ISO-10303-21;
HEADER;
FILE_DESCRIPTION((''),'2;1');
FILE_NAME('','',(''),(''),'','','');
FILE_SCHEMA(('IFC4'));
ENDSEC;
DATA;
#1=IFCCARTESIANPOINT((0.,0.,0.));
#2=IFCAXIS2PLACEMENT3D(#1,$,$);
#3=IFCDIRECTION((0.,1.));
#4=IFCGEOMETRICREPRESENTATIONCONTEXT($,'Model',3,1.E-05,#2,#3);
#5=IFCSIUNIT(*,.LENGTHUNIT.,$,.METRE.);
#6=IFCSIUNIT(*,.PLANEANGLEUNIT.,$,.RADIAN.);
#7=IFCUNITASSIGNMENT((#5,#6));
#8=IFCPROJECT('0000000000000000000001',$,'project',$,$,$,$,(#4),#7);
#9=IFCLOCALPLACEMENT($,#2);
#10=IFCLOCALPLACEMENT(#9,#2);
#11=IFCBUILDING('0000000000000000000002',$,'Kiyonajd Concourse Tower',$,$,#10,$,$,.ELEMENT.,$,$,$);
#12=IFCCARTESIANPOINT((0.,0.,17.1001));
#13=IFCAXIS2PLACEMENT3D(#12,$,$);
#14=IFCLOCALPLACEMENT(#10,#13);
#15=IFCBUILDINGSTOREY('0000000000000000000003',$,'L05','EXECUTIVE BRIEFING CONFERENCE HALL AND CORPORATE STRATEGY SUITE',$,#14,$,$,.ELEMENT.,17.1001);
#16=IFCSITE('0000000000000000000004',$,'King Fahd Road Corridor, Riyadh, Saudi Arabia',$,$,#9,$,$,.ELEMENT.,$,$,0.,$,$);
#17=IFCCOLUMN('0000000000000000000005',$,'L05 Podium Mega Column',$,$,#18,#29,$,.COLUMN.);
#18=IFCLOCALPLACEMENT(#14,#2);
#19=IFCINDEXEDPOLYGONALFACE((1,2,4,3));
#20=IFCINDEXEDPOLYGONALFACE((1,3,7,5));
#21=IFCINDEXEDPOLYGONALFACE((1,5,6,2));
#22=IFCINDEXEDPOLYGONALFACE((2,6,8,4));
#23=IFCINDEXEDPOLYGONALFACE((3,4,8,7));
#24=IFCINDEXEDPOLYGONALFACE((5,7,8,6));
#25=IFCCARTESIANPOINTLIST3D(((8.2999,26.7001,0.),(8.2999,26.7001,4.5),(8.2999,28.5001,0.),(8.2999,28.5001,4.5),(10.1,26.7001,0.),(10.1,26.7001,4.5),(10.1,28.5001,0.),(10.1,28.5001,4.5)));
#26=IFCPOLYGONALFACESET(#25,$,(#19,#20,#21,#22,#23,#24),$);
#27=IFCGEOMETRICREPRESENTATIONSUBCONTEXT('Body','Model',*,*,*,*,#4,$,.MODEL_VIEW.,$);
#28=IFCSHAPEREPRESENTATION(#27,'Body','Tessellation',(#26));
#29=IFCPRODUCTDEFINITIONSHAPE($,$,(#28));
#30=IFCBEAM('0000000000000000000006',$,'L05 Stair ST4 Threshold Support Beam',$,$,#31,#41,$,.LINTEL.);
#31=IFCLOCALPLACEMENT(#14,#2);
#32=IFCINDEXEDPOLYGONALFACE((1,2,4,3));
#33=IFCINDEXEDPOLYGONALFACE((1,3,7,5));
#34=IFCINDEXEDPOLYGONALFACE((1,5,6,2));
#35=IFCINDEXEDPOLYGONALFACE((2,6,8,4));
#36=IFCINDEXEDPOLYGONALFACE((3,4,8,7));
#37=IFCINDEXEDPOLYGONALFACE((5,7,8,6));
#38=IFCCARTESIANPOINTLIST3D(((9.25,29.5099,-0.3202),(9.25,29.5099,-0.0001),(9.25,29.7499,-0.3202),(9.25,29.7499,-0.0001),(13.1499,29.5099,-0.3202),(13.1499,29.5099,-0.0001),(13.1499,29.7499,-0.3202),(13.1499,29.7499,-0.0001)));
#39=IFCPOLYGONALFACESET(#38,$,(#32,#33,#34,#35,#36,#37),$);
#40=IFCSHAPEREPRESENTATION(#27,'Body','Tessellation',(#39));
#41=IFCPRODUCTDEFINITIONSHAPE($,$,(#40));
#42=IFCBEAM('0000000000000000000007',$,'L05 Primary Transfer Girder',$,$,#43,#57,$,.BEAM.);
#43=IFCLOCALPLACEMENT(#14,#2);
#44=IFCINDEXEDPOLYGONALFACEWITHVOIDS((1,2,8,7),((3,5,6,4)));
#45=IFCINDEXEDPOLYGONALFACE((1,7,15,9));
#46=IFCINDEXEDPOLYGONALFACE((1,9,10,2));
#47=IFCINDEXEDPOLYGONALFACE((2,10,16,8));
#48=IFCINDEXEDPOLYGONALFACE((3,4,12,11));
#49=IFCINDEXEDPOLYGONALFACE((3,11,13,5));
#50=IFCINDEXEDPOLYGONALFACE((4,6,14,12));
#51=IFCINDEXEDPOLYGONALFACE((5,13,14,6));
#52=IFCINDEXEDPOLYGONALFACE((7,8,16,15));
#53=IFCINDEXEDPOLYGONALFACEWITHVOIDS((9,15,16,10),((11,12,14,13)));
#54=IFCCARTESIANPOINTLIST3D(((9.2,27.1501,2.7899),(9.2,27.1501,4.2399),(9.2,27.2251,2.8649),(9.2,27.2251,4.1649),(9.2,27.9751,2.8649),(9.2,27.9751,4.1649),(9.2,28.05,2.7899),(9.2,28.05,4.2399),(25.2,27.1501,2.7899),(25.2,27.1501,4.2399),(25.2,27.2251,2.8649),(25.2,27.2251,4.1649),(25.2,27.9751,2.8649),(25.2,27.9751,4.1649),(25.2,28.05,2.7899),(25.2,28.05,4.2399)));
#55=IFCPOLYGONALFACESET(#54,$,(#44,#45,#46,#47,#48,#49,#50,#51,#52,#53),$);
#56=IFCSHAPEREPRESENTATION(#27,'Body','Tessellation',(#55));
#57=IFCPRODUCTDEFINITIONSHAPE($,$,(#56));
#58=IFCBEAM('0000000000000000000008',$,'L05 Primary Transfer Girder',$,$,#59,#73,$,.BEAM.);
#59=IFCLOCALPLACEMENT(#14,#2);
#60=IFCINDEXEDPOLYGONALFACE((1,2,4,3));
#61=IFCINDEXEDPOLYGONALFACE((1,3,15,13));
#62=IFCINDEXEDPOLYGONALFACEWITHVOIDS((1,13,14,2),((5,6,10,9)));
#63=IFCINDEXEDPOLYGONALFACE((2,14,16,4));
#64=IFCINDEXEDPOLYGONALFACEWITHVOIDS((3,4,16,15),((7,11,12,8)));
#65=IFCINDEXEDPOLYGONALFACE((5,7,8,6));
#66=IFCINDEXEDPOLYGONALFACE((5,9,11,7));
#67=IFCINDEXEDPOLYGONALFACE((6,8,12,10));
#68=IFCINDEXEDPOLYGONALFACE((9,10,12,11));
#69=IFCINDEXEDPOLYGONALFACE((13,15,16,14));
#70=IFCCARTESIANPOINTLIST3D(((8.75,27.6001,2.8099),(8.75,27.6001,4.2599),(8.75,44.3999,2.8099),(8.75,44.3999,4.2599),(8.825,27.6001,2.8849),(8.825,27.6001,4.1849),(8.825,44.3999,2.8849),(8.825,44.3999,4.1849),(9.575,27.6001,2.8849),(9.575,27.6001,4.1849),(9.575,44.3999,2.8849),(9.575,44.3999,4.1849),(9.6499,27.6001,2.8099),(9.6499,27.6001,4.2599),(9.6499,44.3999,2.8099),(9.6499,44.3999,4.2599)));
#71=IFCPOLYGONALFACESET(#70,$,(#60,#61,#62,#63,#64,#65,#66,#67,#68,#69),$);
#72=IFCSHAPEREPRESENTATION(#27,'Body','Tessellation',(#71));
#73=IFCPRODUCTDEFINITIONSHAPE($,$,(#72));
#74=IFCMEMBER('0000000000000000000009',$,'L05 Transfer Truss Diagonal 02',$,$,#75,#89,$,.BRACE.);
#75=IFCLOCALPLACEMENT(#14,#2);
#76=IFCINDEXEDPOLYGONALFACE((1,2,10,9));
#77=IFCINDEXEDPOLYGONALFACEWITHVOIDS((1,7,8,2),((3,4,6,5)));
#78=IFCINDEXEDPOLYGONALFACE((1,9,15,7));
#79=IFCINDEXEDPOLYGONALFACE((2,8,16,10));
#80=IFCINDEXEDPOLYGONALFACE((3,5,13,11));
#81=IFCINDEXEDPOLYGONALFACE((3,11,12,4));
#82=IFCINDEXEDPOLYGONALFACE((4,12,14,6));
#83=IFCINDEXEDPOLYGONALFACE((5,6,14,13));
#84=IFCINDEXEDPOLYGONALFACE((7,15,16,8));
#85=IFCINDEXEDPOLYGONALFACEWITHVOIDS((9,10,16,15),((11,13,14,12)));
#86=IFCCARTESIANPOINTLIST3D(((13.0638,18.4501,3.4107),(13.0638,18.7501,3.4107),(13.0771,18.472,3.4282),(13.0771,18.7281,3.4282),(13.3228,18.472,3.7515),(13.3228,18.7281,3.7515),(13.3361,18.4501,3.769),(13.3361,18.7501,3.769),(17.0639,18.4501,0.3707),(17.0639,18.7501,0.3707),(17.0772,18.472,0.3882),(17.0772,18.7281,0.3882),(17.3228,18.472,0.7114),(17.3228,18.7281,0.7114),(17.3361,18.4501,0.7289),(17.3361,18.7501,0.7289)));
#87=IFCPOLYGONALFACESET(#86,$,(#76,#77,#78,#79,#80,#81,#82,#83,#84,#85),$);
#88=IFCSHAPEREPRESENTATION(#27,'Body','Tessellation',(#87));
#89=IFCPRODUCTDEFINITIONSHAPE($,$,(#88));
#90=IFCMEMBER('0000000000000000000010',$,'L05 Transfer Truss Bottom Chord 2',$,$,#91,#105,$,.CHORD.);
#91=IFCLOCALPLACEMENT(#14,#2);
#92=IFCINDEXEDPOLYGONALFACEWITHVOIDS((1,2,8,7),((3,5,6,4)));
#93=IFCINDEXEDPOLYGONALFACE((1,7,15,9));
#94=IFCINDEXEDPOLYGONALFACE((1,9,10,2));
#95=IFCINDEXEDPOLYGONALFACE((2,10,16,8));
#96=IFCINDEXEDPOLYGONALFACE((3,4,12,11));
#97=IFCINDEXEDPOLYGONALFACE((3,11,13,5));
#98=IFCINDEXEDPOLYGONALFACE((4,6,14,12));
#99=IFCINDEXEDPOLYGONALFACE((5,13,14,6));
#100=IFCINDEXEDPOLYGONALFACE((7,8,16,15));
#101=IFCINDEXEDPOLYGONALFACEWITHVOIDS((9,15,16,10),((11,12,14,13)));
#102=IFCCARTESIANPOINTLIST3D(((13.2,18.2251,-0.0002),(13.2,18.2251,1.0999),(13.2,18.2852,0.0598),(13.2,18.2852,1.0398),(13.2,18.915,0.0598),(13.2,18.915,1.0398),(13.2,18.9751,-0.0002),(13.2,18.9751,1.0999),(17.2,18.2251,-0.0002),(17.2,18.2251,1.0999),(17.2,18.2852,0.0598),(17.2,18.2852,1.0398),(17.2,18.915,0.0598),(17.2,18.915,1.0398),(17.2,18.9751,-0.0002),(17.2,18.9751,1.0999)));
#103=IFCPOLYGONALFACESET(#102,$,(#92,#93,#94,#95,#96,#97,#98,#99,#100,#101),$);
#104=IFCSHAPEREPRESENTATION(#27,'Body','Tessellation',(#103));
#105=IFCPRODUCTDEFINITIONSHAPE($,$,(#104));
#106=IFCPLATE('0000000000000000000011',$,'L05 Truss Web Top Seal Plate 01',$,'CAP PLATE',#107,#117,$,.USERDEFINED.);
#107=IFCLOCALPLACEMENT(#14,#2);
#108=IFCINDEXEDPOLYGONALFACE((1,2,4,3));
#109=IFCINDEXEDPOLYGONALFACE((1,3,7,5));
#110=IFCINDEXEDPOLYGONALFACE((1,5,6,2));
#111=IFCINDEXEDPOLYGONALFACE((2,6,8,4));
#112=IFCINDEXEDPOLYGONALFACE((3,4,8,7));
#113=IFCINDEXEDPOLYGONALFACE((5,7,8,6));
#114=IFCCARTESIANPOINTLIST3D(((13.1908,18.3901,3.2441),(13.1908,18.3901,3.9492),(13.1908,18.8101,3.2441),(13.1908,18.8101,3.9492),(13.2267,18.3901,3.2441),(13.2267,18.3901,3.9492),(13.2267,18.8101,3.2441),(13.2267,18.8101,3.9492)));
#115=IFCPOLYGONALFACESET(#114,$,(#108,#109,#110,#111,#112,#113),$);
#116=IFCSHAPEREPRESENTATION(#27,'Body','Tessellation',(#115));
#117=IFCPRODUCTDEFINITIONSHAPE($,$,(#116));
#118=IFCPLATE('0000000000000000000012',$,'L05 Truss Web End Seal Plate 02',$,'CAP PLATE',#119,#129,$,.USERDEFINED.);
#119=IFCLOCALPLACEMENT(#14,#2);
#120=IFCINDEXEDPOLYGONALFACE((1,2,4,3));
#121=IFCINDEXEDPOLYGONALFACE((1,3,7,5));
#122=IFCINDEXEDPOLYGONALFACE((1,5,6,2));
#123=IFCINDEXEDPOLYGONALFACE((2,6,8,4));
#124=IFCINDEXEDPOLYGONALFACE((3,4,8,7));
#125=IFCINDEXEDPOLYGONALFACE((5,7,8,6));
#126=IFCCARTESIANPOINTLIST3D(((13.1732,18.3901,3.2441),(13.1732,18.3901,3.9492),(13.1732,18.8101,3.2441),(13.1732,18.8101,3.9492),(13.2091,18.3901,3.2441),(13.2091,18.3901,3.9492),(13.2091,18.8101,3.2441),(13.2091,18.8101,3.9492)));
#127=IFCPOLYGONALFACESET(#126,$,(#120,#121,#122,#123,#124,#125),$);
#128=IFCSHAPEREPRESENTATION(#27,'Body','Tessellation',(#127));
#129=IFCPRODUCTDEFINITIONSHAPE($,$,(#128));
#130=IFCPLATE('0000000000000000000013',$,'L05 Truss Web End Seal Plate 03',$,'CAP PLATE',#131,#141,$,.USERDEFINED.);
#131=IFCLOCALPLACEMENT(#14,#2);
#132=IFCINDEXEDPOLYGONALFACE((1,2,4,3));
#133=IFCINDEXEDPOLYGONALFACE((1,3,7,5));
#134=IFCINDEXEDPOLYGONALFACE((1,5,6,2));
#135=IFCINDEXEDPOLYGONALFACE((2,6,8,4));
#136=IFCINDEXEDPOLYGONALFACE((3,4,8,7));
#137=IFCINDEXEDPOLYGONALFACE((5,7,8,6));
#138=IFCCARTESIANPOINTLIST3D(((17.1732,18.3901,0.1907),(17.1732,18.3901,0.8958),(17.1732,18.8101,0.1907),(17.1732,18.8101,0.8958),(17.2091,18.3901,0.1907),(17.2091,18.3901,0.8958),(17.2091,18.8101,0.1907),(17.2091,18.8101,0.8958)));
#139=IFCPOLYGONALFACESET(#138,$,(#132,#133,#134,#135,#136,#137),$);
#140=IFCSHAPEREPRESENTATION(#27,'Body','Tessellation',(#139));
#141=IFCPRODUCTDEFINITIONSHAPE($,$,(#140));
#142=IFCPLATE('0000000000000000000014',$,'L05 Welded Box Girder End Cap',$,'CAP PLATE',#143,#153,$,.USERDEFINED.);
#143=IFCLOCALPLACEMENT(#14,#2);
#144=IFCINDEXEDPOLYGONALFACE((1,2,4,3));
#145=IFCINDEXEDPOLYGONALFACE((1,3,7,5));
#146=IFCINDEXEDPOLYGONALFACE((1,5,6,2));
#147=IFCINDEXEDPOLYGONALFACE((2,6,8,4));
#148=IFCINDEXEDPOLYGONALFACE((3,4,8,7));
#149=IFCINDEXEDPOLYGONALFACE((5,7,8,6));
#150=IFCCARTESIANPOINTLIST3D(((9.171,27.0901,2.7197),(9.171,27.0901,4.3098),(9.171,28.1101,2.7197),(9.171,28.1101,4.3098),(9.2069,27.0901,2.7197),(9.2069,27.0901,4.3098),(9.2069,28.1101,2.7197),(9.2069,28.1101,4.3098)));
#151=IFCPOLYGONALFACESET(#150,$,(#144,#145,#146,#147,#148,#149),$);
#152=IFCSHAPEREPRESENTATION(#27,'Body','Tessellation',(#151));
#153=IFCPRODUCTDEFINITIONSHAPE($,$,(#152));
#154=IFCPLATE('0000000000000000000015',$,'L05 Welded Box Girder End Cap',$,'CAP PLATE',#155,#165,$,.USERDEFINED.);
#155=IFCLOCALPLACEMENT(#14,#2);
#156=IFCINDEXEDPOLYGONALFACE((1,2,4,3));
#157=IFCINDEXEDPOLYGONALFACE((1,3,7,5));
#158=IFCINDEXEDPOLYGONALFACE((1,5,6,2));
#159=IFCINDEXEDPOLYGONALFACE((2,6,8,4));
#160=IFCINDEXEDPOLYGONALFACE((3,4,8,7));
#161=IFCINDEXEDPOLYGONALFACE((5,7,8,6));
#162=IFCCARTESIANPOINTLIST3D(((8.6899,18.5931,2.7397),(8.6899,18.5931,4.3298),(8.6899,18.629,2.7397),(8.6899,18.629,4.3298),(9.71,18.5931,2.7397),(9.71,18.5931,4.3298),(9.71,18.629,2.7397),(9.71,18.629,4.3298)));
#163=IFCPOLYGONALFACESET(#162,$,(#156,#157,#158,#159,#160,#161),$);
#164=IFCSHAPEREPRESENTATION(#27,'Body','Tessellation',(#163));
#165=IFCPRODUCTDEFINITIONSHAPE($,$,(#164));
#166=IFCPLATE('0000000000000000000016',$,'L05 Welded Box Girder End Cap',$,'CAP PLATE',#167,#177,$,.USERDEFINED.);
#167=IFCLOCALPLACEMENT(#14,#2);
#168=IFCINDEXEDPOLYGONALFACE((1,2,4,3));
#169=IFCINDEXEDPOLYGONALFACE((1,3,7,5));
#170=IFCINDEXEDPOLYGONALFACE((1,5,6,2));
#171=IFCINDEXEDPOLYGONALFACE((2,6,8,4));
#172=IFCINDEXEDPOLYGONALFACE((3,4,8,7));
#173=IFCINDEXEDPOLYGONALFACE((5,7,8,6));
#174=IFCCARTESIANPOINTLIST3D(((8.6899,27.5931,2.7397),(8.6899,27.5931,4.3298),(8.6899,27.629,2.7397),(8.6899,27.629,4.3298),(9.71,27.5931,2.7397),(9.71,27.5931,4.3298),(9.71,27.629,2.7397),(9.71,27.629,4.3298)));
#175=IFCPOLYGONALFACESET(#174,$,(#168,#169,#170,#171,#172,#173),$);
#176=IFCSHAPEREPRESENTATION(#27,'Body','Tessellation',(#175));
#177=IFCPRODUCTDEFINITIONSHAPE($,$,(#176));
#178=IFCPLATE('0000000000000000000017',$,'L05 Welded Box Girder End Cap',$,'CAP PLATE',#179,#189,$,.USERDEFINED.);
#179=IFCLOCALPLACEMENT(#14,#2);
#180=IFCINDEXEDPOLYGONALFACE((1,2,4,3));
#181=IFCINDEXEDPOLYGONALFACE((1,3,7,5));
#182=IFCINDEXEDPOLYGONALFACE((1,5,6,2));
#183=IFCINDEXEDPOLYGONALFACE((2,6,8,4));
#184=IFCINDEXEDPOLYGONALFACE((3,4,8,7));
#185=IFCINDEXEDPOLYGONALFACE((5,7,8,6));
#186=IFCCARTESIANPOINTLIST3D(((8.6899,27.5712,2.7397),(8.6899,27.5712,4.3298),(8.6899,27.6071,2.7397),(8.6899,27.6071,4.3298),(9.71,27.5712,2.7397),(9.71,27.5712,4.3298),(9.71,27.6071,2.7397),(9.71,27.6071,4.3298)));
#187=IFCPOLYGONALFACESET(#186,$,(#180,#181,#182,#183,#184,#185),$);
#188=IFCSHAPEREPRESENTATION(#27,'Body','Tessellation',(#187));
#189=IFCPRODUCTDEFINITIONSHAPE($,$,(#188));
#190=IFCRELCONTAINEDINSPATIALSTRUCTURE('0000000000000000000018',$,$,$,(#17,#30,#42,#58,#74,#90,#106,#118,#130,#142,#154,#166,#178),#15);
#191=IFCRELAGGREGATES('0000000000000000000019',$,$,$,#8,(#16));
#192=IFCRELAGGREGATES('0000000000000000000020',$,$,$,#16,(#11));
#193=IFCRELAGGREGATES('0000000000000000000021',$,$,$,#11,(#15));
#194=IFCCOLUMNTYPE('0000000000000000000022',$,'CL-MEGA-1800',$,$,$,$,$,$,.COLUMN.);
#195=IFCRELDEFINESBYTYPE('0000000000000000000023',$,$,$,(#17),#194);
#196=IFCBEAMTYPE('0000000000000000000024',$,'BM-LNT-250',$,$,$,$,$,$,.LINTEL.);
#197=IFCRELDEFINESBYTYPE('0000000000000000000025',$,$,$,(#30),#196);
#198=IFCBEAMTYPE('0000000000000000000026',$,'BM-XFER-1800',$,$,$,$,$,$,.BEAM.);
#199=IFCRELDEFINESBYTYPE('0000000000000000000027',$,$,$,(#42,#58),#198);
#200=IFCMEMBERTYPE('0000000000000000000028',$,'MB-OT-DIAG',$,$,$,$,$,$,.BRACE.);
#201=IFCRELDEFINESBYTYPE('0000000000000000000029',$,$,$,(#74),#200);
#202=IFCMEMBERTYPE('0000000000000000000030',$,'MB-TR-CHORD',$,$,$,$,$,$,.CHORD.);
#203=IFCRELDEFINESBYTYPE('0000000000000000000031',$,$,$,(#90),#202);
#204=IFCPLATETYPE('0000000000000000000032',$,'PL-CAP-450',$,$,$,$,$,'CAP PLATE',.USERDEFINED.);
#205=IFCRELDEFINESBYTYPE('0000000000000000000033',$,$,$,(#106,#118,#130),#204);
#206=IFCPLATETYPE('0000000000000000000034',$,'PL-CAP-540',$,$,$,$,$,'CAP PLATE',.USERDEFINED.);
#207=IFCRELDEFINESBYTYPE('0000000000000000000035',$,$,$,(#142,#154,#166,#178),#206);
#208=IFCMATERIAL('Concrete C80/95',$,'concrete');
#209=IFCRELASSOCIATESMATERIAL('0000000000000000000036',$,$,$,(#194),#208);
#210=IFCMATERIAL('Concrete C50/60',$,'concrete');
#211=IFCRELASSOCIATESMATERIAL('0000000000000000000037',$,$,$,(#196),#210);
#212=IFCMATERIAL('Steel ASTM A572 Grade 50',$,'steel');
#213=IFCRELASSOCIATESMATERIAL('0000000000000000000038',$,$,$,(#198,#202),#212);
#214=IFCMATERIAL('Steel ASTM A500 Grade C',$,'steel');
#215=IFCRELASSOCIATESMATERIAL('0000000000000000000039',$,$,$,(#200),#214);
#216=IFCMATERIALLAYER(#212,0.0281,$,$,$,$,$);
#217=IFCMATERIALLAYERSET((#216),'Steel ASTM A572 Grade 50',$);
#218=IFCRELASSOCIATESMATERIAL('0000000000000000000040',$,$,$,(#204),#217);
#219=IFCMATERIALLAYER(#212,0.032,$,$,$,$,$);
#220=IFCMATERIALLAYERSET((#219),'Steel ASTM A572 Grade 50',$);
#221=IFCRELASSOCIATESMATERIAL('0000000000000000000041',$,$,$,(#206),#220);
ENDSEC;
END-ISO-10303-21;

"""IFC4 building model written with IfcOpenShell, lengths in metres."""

from ifc_helpers import new_model, si_unit, direction, frame, origin, origin_2d, place, context, subcontext, project, spatial, rectangle, hollow_rectangle, extrude, material, layer, layer_set, material_profile, profile_set, type_object, element, save


model = new_model("IFC4")

# Units and contexts
model_context = context("Model", 3, precision=1e-05, world=origin(), true_north=direction((0.0, 1.0)))
body_context = subcontext(model_context, "Body", "Model", "MODEL_VIEW")
ifc_project = project(units=[si_unit("LENGTHUNIT", "METRE"), si_unit("PLANEANGLEUNIT", "RADIAN")], contexts=[model_context])

# Site, building, storey
site_placement = place(None, origin())
site = spatial("IfcSite", under=ifc_project, at=site_placement, Name="King Fahd Road Corridor, Riyadh, Saudi Arabia", CompositionType="ELEMENT", RefElevation=0.0)
building_placement = place(site_placement, origin())
building = spatial("IfcBuilding", under=site, at=building_placement, Name="Kiyonajd Concourse Tower", CompositionType="ELEMENT")
storey_placement = place(building_placement, frame((0.0, 0.0, 17.1001)))
storey = spatial("IfcBuildingStorey", under=building, at=storey_placement, Name="L05", Description="EXECUTIVE BRIEFING CONFERENCE HALL AND CORPORATE STRATEGY SUITE", CompositionType="ELEMENT", Elevation=17.1001)

# Column
ifc_material_1 = material(Name="Concrete C80/95", Category="concrete")
ifc_material_profile_1 = material_profile(ifc_material_1, rectangle(XDim=1.8, YDim=1.8, at=origin_2d()), Name="RC-1800x1800")
ifc_profile_set_1 = profile_set([ifc_material_profile_1], Name="Concrete C80/95")
column_type = type_object("IfcColumnType", Name="CL-MEGA-1800", PredefinedType="COLUMN", material=ifc_profile_set_1)
column_placement = place(storey_placement, frame((9.2, 27.6001, 0.0), z_axis=(0.0, 0.0, 1.0), x_axis=(1.0, 0.0, 0.0)))
element("IfcColumn", 1, at=column_placement, inside=storey, type_object=column_type, Name="L05 Podium Mega Column", PredefinedType="COLUMN", context=body_context, shape_type="SweptSolid", body=[
    extrude(rectangle(XDim=1.8, YDim=1.8, at=origin_2d()), origin(), (0.0, 0.0, 1.0), 4.5),
])

# Beams
ifc_material_2 = material(Name="Concrete C50/60", Category="concrete")
ifc_material_profile_2 = material_profile(ifc_material_2, rectangle(XDim=0.24, YDim=0.3201, at=origin_2d()), Name="RCBM-240x320")
ifc_profile_set_2 = profile_set([ifc_material_profile_2], Name="Concrete C50/60")
beam_type_1 = type_object("IfcBeamType", Name="BM-LNT-250", PredefinedType="LINTEL", material=ifc_profile_set_2)
beam_1_placement = place(storey_placement, frame((9.25, 29.6299, -0.1602), z_axis=(1.0, 0.0, 0.0), x_axis=(0.0, 1.0, 0.0)))
element("IfcBeam", 2, at=beam_1_placement, inside=storey, type_object=beam_type_1, Name="L05 Stair ST4 Threshold Support Beam", PredefinedType="LINTEL", context=body_context, shape_type="SweptSolid", body=[
    extrude(rectangle(XDim=0.24, YDim=0.3201, at=origin_2d()), origin(), (0.0, 0.0, 1.0), 3.8999),
])
ifc_material_3 = material(Name="Steel ASTM A572 Grade 50", Category="steel")
ifc_material_profile_3 = material_profile(ifc_material_3, hollow_rectangle(XDim=0.8999, YDim=1.45, WallThickness=0.075, at=origin_2d()), Name="BOX-1450x900x75")
ifc_profile_set_3 = profile_set([ifc_material_profile_3], Name="Steel ASTM A572 Grade 50")
beam_type_2 = type_object("IfcBeamType", Name="BM-XFER-1800", PredefinedType="BEAM", material=ifc_profile_set_3)
beam_2_placement = place(storey_placement, frame((9.2, 27.6001, 3.5149), z_axis=(1.0, 0.0, 0.0), x_axis=(0.0, 1.0, 0.0)))
element("IfcBeam", 3, at=beam_2_placement, inside=storey, type_object=beam_type_2, Name="L05 Primary Transfer Girder", PredefinedType="BEAM", context=body_context, shape_type="SweptSolid", body=[
    extrude(hollow_rectangle(XDim=0.8999, YDim=1.45, WallThickness=0.075, at=origin_2d()), origin(), (0.0, 0.0, 1.0), 16.0),
])
beam_3_placement = place(storey_placement, frame((9.2, 27.6001, 3.5349), z_axis=(0.0, 1.0, 0.0), x_axis=(-1.0, 0.0, 0.0)))
element("IfcBeam", 4, at=beam_3_placement, inside=storey, type_object=beam_type_2, Name="L05 Primary Transfer Girder", PredefinedType="BEAM", context=body_context, shape_type="SweptSolid", body=[
    extrude(hollow_rectangle(XDim=0.8999, YDim=1.45, WallThickness=0.075, at=origin_2d()), origin(), (0.0, 0.0, 1.0), 16.7998),
])

# Members
ifc_material_4 = material(Name="Steel ASTM A500 Grade C", Category="steel")
ifc_material_profile_4 = material_profile(ifc_material_4, hollow_rectangle(XDim=0.3, YDim=0.45, WallThickness=0.022, at=origin_2d()), Name="HSS-450x300x22")
ifc_profile_set_4 = profile_set([ifc_material_profile_4], Name="Steel ASTM A500 Grade C")
member_type_1 = type_object("IfcMemberType", Name="MB-OT-DIAG", PredefinedType="BRACE", material=ifc_profile_set_4)
member_1_placement = place(storey_placement, frame((13.2, 18.6001, 3.5898), z_axis=(0.796158, 0.0, -0.605088), x_axis=(0.0, 1.0, 0.0)))
element("IfcMember", 5, at=member_1_placement, inside=storey, type_object=member_type_1, Name="L05 Transfer Truss Diagonal 02", PredefinedType="BRACE", context=body_context, shape_type="SweptSolid", body=[
    extrude(hollow_rectangle(XDim=0.3, YDim=0.45, WallThickness=0.022, at=origin_2d()), origin(), (0.0, 0.0, 1.0), 5.0242),
])
ifc_material_profile_5 = material_profile(ifc_material_3, hollow_rectangle(XDim=0.75, YDim=1.1001, WallThickness=0.0601, at=origin_2d()), Name="BOX-1100x750x60")
ifc_profile_set_5 = profile_set([ifc_material_profile_5], Name="Steel ASTM A572 Grade 50")
member_type_2 = type_object("IfcMemberType", Name="MB-TR-CHORD", PredefinedType="CHORD", material=ifc_profile_set_5)
member_2_placement = place(storey_placement, frame((13.2, 18.6001, 0.5498), z_axis=(1.0, 0.0, 0.0), x_axis=(0.0, 1.0, 0.0)))
element("IfcMember", 6, at=member_2_placement, inside=storey, type_object=member_type_2, Name="L05 Transfer Truss Bottom Chord 2", PredefinedType="CHORD", context=body_context, shape_type="SweptSolid", body=[
    extrude(hollow_rectangle(XDim=0.75, YDim=1.1001, WallThickness=0.0601, at=origin_2d()), origin(), (0.0, 0.0, 1.0), 4.0),
])

# Plates
ifc_layer_1 = layer(ifc_material_3, 0.0281)
ifc_layer_set_1 = layer_set([ifc_layer_1], Name="Steel ASTM A572 Grade 50")
plate_type_1 = type_object("IfcPlateType", Name="PL-CAP-450", ElementType="CAP PLATE", PredefinedType="USERDEFINED", material=ifc_layer_set_1)
for number, where, z_axis, x_axis, name in (
    (7, (13.2087, 18.6001, 3.2441), (0.0, 0.0, 1.0), (1.0, 0.0, 0.0), "L05 Truss Web Top Seal Plate 01"),
    (8, (13.1912, 18.6001, 3.2441), (0.0, 0.0, 1.0), (-1.0, 0.0, 0.0), "L05 Truss Web End Seal Plate 02"),
    (9, (17.1912, 18.6001, 0.1907), (0.0, 0.0, 1.0), (-1.0, 0.0, 0.0), "L05 Truss Web End Seal Plate 03"),
):
    element("IfcPlate", number, at=place(storey_placement, frame(where, z_axis=z_axis, x_axis=x_axis)), inside=storey, type_object=plate_type_1, Name=name, ObjectType="CAP PLATE", PredefinedType="USERDEFINED", context=body_context, shape_type="SweptSolid", body=[
        extrude(rectangle(XDim=0.0359, YDim=0.4199, at=origin_2d()), origin(), (0.0, 0.0, 1.0), 0.7051),
    ])
ifc_layer_2 = layer(ifc_material_3, 0.032)
ifc_layer_set_2 = layer_set([ifc_layer_2], Name="Steel ASTM A572 Grade 50")
plate_type_2 = type_object("IfcPlateType", Name="PL-CAP-540", ElementType="CAP PLATE", PredefinedType="USERDEFINED", material=ifc_layer_set_2)
for number, where, z_axis, x_axis, name in (
    (10, (9.189, 27.6001, 2.7197), (0.0, 0.0, 1.0), (-1.0, 0.0, 0.0), "L05 Welded Box Girder End Cap"),
    (11, (9.2, 18.6111, 2.7397), (0.0, 0.0, 1.0), (0.0, 1.0, 0.0), "L05 Welded Box Girder End Cap"),
    (12, (9.2, 27.6111, 2.7397), (0.0, 0.0, 1.0), (0.0, 1.0, 0.0), "L05 Welded Box Girder End Cap"),
    (13, (9.2, 27.5891, 2.7397), (0.0, 0.0, 1.0), (0.0, -1.0, 0.0), "L05 Welded Box Girder End Cap"),
):
    element("IfcPlate", number, at=place(storey_placement, frame(where, z_axis=z_axis, x_axis=x_axis)), inside=storey, type_object=plate_type_2, Name=name, ObjectType="CAP PLATE", PredefinedType="USERDEFINED", context=body_context, shape_type="SweptSolid", body=[
        extrude(rectangle(XDim=0.0359, YDim=1.02, at=origin_2d()), origin(), (0.0, 0.0, 1.0), 1.5901),
    ])

save(model, "model.ifc")
